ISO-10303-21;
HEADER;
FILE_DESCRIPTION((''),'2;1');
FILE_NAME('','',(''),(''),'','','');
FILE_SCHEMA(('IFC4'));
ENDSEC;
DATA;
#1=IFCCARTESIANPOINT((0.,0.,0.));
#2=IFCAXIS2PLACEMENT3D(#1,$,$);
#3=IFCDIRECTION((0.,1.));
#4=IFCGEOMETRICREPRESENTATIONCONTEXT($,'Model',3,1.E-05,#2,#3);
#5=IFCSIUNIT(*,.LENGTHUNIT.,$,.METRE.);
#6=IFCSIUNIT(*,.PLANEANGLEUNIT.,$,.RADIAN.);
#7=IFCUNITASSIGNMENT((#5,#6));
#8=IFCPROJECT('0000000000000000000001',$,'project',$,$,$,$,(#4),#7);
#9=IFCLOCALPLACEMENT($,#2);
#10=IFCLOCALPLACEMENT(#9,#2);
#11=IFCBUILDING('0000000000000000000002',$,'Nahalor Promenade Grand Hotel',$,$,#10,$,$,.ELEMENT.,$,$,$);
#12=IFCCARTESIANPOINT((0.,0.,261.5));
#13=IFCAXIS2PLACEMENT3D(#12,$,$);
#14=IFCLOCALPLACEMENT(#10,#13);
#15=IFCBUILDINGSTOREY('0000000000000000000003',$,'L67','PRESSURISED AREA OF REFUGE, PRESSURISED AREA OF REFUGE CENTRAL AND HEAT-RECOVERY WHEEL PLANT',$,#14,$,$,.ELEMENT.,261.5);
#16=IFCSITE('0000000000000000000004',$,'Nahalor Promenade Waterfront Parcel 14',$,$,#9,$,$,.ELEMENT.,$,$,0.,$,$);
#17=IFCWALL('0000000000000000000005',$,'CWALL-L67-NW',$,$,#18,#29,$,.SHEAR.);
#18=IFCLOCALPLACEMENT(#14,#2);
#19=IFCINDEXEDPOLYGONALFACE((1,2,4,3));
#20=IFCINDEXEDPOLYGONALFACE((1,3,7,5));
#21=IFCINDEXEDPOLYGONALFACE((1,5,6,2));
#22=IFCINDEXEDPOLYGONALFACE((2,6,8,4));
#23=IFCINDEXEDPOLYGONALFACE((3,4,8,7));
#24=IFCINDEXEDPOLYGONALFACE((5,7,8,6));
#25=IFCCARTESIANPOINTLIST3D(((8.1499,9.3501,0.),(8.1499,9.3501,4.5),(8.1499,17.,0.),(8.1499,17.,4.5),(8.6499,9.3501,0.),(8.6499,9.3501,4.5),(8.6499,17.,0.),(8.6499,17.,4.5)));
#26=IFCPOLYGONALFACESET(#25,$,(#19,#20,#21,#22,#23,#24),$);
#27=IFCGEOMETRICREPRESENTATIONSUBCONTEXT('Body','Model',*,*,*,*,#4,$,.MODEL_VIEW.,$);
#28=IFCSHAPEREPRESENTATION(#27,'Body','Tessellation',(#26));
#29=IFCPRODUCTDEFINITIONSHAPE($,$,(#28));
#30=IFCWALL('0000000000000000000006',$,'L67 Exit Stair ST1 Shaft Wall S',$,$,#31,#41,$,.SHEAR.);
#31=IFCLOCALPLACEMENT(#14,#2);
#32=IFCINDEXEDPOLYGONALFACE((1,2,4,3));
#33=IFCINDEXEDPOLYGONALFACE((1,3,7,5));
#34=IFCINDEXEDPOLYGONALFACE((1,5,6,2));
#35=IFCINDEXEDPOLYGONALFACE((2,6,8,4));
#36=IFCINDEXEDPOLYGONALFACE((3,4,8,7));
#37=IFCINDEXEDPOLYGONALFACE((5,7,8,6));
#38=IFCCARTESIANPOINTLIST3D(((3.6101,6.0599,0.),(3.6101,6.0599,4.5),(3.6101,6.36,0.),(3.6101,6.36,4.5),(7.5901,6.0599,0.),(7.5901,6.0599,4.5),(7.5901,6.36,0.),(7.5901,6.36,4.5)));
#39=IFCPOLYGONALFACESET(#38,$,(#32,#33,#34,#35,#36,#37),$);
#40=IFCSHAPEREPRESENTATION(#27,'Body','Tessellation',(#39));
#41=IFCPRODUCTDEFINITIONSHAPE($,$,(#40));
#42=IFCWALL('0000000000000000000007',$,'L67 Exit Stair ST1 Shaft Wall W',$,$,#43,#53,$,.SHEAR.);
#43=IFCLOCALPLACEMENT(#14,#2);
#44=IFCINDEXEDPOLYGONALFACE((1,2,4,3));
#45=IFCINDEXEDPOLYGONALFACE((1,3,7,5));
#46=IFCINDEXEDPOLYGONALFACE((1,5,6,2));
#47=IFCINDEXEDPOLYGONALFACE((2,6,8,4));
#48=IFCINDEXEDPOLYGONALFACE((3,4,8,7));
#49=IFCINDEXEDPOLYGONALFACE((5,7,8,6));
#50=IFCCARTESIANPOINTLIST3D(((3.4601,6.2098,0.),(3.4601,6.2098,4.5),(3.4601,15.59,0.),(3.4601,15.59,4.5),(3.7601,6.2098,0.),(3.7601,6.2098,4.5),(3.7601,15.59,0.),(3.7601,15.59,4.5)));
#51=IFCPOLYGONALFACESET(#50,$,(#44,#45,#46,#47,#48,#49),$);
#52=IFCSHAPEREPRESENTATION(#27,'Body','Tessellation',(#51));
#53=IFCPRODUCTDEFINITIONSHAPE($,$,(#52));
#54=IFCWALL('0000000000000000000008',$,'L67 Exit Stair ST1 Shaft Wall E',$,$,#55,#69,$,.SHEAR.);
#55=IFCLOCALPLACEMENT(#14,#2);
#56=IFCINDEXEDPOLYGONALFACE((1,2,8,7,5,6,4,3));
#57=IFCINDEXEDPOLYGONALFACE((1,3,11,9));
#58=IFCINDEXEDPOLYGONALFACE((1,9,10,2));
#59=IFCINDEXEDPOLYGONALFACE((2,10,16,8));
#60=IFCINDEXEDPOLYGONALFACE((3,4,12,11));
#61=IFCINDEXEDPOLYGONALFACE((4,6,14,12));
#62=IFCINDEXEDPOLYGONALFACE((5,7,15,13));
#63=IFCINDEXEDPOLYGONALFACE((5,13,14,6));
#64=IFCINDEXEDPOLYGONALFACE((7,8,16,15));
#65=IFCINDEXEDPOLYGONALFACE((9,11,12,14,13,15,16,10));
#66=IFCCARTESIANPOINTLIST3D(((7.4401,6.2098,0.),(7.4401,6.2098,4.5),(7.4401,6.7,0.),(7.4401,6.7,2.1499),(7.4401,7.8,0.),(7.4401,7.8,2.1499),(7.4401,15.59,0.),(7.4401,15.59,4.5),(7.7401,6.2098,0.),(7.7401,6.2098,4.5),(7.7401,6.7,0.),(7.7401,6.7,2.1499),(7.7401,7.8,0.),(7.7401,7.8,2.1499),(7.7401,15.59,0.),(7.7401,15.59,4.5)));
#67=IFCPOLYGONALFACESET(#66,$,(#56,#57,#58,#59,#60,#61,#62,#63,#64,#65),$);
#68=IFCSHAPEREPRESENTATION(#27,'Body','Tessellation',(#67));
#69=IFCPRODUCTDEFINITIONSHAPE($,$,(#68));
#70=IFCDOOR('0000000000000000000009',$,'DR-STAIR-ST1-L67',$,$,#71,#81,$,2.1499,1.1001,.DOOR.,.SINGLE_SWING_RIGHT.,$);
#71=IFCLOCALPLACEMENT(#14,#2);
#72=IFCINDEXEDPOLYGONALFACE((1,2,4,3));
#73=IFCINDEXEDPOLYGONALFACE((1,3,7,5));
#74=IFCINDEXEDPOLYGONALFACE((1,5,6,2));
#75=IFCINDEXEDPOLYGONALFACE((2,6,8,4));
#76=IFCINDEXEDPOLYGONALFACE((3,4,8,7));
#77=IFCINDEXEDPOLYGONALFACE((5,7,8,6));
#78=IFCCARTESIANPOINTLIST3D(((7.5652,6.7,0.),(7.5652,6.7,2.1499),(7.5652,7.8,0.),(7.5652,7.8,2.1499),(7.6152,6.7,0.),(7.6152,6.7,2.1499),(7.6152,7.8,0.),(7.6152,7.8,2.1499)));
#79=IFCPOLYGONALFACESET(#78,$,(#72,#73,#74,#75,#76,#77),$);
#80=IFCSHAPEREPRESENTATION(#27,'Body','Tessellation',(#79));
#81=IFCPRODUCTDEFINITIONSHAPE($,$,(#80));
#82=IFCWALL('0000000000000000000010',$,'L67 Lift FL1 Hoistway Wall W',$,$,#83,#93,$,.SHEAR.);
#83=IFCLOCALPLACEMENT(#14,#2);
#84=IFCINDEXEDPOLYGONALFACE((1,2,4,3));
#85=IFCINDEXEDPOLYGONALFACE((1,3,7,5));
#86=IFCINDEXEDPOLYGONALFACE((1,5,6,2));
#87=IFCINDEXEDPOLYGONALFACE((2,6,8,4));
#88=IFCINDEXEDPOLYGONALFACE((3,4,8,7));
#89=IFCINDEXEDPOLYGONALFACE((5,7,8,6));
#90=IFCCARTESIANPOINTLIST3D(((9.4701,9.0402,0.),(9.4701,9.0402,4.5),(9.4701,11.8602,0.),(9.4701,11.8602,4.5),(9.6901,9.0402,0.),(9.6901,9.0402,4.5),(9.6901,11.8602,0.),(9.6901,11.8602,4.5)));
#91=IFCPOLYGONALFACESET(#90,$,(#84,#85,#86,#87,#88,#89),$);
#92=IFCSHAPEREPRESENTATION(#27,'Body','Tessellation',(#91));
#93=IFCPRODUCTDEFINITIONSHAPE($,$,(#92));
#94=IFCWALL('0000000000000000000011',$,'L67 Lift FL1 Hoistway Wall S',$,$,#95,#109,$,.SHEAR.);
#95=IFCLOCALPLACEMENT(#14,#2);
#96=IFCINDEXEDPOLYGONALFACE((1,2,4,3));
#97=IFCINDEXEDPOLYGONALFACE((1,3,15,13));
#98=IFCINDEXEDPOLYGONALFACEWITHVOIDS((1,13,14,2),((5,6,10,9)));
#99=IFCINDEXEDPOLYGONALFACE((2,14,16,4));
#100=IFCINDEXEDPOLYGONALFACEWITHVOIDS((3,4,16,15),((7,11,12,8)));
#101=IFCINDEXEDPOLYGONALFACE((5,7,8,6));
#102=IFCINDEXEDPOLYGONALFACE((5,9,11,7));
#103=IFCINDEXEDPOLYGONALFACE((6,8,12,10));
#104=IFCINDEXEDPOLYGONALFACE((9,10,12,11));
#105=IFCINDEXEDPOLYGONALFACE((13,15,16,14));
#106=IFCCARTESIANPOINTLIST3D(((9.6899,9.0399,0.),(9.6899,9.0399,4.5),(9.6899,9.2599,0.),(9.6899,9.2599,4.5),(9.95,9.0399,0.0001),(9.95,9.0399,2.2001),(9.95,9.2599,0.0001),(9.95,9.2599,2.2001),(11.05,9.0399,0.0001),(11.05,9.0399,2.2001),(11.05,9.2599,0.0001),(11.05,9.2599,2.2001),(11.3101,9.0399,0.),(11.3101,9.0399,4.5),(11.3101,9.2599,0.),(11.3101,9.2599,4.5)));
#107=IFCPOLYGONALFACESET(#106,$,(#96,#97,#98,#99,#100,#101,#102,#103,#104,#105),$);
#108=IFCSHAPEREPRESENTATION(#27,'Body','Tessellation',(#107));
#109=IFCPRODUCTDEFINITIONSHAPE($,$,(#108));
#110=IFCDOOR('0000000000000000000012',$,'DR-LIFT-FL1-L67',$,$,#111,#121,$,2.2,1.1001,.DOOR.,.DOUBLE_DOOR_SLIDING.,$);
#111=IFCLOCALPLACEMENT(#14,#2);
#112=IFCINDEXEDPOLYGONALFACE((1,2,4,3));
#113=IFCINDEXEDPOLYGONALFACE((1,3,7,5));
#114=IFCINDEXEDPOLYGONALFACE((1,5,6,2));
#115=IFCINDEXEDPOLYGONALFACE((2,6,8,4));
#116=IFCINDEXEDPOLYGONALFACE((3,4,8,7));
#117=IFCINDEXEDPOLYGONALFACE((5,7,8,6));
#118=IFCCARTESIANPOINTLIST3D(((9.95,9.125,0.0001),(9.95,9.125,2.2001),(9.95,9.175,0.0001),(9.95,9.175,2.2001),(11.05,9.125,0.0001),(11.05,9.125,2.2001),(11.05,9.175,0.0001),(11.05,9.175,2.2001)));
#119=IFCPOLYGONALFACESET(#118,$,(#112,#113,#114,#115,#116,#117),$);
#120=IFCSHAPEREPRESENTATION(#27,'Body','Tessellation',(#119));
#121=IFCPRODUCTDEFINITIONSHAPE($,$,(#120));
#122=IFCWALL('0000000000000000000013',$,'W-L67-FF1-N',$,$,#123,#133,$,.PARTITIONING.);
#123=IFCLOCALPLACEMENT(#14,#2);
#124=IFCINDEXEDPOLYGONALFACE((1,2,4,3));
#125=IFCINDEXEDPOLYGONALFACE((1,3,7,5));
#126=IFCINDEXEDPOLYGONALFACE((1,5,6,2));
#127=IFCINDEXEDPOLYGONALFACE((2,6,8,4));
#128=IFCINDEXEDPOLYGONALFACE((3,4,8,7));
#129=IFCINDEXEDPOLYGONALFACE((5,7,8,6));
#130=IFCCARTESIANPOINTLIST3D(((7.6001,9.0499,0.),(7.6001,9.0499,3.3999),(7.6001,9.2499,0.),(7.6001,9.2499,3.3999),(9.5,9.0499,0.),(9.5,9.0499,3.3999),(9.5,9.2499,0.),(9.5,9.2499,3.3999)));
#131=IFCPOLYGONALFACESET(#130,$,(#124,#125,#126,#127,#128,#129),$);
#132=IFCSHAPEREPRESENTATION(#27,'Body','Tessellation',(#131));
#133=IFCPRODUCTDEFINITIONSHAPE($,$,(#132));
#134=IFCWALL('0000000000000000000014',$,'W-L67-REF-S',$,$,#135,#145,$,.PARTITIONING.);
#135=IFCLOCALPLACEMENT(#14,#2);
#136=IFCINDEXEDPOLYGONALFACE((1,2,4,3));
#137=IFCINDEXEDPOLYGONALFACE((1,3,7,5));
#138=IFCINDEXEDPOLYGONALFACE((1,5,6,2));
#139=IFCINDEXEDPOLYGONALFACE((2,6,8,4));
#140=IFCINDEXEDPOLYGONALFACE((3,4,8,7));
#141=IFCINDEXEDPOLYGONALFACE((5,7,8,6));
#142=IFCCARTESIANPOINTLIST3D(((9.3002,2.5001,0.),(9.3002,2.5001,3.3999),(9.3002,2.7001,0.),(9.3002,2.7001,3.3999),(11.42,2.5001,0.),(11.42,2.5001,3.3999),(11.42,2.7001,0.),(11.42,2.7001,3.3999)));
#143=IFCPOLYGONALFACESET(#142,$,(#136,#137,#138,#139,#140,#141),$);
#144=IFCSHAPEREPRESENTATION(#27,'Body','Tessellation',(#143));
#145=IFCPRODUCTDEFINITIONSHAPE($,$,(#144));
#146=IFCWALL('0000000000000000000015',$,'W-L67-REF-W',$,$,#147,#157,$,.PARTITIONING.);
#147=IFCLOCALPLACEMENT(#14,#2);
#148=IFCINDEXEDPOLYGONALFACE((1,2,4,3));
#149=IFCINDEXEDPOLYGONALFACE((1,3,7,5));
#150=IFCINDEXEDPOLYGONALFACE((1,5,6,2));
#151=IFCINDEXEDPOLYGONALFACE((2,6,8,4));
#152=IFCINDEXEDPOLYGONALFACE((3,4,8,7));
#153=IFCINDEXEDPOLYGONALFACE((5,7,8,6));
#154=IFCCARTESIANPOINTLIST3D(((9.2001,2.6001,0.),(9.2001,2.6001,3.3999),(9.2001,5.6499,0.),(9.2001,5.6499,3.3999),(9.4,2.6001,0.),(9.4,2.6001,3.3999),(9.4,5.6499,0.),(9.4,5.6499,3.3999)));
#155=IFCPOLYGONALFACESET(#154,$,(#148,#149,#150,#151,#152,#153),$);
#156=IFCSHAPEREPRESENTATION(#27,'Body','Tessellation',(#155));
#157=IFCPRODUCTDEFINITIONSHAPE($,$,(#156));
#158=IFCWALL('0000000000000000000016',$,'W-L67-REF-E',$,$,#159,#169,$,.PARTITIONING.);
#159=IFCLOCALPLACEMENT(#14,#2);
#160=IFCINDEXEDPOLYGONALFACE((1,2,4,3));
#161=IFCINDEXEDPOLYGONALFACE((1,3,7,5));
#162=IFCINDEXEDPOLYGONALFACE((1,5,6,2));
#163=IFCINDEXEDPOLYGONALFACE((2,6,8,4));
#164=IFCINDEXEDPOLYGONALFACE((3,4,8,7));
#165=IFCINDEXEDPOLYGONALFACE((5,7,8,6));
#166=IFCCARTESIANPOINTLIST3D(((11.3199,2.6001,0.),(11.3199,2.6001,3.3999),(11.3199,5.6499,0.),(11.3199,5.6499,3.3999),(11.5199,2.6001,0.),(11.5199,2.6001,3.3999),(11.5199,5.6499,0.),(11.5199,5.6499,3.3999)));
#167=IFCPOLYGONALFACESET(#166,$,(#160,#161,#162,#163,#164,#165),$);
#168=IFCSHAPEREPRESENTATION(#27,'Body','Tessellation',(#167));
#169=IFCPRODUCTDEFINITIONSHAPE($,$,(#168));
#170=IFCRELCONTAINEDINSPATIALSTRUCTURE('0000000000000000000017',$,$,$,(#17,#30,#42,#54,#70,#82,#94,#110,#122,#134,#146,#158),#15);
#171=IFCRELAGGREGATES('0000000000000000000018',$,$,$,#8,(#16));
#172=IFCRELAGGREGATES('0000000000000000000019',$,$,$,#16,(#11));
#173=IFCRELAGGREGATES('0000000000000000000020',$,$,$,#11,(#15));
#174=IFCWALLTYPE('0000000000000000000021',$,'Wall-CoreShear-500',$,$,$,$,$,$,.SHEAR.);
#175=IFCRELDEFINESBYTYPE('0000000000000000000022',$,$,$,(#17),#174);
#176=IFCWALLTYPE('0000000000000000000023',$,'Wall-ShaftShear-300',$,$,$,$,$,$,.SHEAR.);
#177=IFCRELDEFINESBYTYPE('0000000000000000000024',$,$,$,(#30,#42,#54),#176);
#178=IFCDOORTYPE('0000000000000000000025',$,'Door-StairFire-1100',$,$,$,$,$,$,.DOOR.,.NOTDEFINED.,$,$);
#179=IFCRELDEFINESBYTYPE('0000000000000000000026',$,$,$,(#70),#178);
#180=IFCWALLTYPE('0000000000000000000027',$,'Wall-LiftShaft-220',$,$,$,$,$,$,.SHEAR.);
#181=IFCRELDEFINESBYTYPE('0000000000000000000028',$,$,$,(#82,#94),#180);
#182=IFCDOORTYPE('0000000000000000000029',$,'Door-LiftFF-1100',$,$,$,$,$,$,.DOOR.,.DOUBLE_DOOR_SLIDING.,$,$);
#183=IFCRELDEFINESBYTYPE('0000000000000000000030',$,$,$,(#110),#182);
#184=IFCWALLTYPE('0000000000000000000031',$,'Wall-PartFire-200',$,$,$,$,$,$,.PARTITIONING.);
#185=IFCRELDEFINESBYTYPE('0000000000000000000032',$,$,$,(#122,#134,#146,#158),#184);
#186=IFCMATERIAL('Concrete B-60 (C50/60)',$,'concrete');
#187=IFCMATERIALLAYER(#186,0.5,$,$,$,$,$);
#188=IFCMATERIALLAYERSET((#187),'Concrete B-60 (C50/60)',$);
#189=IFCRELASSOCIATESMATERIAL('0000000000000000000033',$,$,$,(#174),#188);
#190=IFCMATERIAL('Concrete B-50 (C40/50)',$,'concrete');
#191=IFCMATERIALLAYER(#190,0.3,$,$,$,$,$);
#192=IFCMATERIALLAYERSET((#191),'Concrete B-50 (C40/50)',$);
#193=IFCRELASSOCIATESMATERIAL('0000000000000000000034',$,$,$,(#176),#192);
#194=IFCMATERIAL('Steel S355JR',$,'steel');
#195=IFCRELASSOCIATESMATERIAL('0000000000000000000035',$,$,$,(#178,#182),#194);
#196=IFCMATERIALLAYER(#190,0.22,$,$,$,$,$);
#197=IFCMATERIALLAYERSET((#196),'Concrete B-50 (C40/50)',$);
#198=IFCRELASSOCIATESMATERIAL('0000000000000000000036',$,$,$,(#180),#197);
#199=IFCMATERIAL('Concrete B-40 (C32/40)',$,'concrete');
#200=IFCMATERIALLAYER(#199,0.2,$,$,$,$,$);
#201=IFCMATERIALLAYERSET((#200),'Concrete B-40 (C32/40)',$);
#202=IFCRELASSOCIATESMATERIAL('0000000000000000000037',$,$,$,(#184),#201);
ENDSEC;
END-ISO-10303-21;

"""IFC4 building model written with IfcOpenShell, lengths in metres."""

from ifc_helpers import new_model, si_unit, direction, frame, frame_2d, origin, place, context, subcontext, project, spatial, rectangle, extrude, source, transform, mapped, material, layer, layer_set, type_object, element, fill, save


model = new_model("IFC4")

# Units and contexts
model_context = context("Model", 3, precision=1e-05, world=origin(), true_north=direction((0.0, 1.0)))
body_context = subcontext(model_context, "Body", "Model", "MODEL_VIEW")
ifc_project = project(units=[si_unit("LENGTHUNIT", "METRE"), si_unit("PLANEANGLEUNIT", "RADIAN")], contexts=[model_context])

# Site, building, storey
site_placement = place(None, origin())
site = spatial("IfcSite", under=ifc_project, at=site_placement, Name="Nahalor Promenade Waterfront Parcel 14", CompositionType="ELEMENT", RefElevation=0.0)
building_placement = place(site_placement, origin())
building = spatial("IfcBuilding", under=site, at=building_placement, Name="Nahalor Promenade Grand Hotel", CompositionType="ELEMENT")
storey_placement = place(building_placement, frame((0.0, 0.0, 261.5)))
storey = spatial("IfcBuildingStorey", under=building, at=storey_placement, Name="L67", Description="PRESSURISED AREA OF REFUGE, PRESSURISED AREA OF REFUGE CENTRAL AND HEAT-RECOVERY WHEEL PLANT", CompositionType="ELEMENT", Elevation=261.5)

# Shared definitions
ifc_material_1 = material(Name="Steel S355JR", Category="steel")

# Walls
ifc_material_2 = material(Name="Concrete B-60 (C50/60)", Category="concrete")
ifc_layer_1 = layer(ifc_material_2, 0.5)
ifc_layer_set_1 = layer_set([ifc_layer_1], Name="Concrete B-60 (C50/60)")
wall_type_1 = type_object("IfcWallType", Name="Wall-CoreShear-500", PredefinedType="SHEAR", material=ifc_layer_set_1)
shared_shape_1 = source(origin(), body_context, "Body", "SweptSolid", [
    extrude(rectangle(XDim=7.6499, YDim=0.5, at=frame_2d((3.825, 0.0))), origin(), (0.0, 0.0, 1.0), 4.5),
])
wall_1_placement = place(storey_placement, frame((8.3999, 9.3501, 0.0), z_axis=(0.0, 0.0, 1.0), x_axis=(0.0, 1.0, 0.0)))
element("IfcWall", 1, at=wall_1_placement, inside=storey, type_object=wall_type_1, Name="CWALL-L67-NW", PredefinedType="SHEAR", context=body_context, shape_type="MappedRepresentation", body=[
    mapped(shared_shape_1, transform((0.0, 0.0, 0.0), scale=1.0)),
])
ifc_material_3 = material(Name="Concrete B-50 (C40/50)", Category="concrete")
ifc_layer_2 = layer(ifc_material_3, 0.3)
ifc_layer_set_2 = layer_set([ifc_layer_2], Name="Concrete B-50 (C40/50)")
wall_type_2 = type_object("IfcWallType", Name="Wall-ShaftShear-300", PredefinedType="SHEAR", material=ifc_layer_set_2)
shared_shape_2 = source(origin(), body_context, "Body", "SweptSolid", [
    extrude(rectangle(XDim=3.98, YDim=0.3, at=frame_2d((1.99, 0.0))), origin(), (0.0, 0.0, 1.0), 4.5),
])
wall_2_placement = place(storey_placement, frame((3.6101, 6.21, 0.0), z_axis=(0.0, 0.0, 1.0), x_axis=(1.0, 0.0, 0.0)))
element("IfcWall", 2, at=wall_2_placement, inside=storey, type_object=wall_type_2, Name="L67 Exit Stair ST1 Shaft Wall S", PredefinedType="SHEAR", context=body_context, shape_type="MappedRepresentation", body=[
    mapped(shared_shape_2, transform((0.0, 0.0, 0.0), scale=1.0)),
])
shared_shape_3 = source(origin(), body_context, "Body", "SweptSolid", [
    extrude(rectangle(XDim=9.3801, YDim=0.3, at=frame_2d((4.6899, 0.0))), origin(), (0.0, 0.0, 1.0), 4.5),
])
wall_3_placement = place(storey_placement, frame((3.6101, 6.21, 0.0), z_axis=(0.0, 0.0, 1.0), x_axis=(0.0, 1.0, 0.0)))
element("IfcWall", 3, at=wall_3_placement, inside=storey, type_object=wall_type_2, Name="L67 Exit Stair ST1 Shaft Wall W", PredefinedType="SHEAR", context=body_context, shape_type="MappedRepresentation", body=[
    mapped(shared_shape_3, transform((0.0, 0.0, 0.0), scale=1.0)),
])

# Wall, opening, door
wall_4_placement = place(storey_placement, frame((7.5901, 6.21, 0.0), z_axis=(0.0, 0.0, 1.0), x_axis=(0.0, 1.0, 0.0)))
wall_4 = element("IfcWall", 4, at=wall_4_placement, inside=storey, type_object=wall_type_2, Name="L67 Exit Stair ST1 Shaft Wall E", PredefinedType="SHEAR", context=body_context, shape_type="MappedRepresentation", body=[
    mapped(shared_shape_3, transform((0.0, 0.0, 0.0), scale=1.0)),
])
opening_1_placement = place(wall_4_placement, frame((0.49, 0.0, 0.0)))
opening_1 = element("IfcOpeningElement", 5, at=opening_1_placement, cuts=wall_4, PredefinedType="OPENING", context=body_context, shape_type="SweptSolid", body=[
    extrude(rectangle(XDim=1.1001, YDim=2.1499, at=frame_2d((0.55, 1.075))), frame((0.0, 0.1599, 0.0), z_axis=(0.0, -1.0, 0.0), x_axis=(1.0, 0.0, 0.0)), (0.0, 0.0, 1.0), 0.3201),
])
door_type_1 = type_object("IfcDoorType", Name="Door-StairFire-1100", OperationType="NOTDEFINED", PredefinedType="DOOR", material=ifc_material_1)
shared_shape_4 = source(origin(), body_context, "Body", "SweptSolid", [
    extrude(rectangle(XDim=1.1001, YDim=2.1499, at=frame_2d((0.55, 1.075))), frame((0.0, 0.0249, 0.0), z_axis=(0.0, -1.0, 0.0), x_axis=(1.0, 0.0, 0.0)), (0.0, 0.0, 1.0), 0.05),
])
door_1_placement = place(opening_1_placement, origin())
door_1 = element("IfcDoor", 6, at=door_1_placement, inside=storey, type_object=door_type_1, Name="DR-STAIR-ST1-L67", OperationType="SINGLE_SWING_RIGHT", OverallHeight=2.1499, OverallWidth=1.1001, PredefinedType="DOOR", context=body_context, shape_type="MappedRepresentation", body=[
    mapped(shared_shape_4, transform((0.0, 0.0, 0.0), scale=1.0)),
])
fill(opening_1, door_1)

# Wall
ifc_layer_3 = layer(ifc_material_3, 0.22)
ifc_layer_set_3 = layer_set([ifc_layer_3], Name="Concrete B-50 (C40/50)")
wall_type_3 = type_object("IfcWallType", Name="Wall-LiftShaft-220", PredefinedType="SHEAR", material=ifc_layer_set_3)
shared_shape_5 = source(origin(), body_context, "Body", "SweptSolid", [
    extrude(rectangle(XDim=2.8201, YDim=0.22, at=frame_2d((1.4102, 0.0))), origin(), (0.0, 0.0, 1.0), 4.5),
])
wall_5_placement = place(storey_placement, frame((9.5801, 9.04, 0.0), z_axis=(0.0, 0.0, 1.0), x_axis=(0.0, 1.0, 0.0)))
element("IfcWall", 7, at=wall_5_placement, inside=storey, type_object=wall_type_3, Name="L67 Lift FL1 Hoistway Wall W", PredefinedType="SHEAR", context=body_context, shape_type="MappedRepresentation", body=[
    mapped(shared_shape_5, transform((0.0, 0.0, 0.0), scale=1.0)),
])

# Wall, opening, door
shared_shape_6 = source(origin(), body_context, "Body", "SweptSolid", [
    extrude(rectangle(XDim=1.6201, YDim=0.22, at=frame_2d((0.8101, 0.0))), origin(), (0.0, 0.0, 1.0), 4.5),
])
wall_6_placement = place(storey_placement, frame((9.6899, 9.1499, 0.0), z_axis=(0.0, 0.0, 1.0), x_axis=(1.0, 0.0, 0.0)))
wall_6 = element("IfcWall", 8, at=wall_6_placement, inside=storey, type_object=wall_type_3, Name="L67 Lift FL1 Hoistway Wall S", PredefinedType="SHEAR", context=body_context, shape_type="MappedRepresentation", body=[
    mapped(shared_shape_6, transform((0.0, 0.0, 0.0), scale=1.0)),
])
opening_2_placement = place(wall_6_placement, frame((0.26, 0.0, 0.0)))
opening_2 = element("IfcOpeningElement", 9, at=opening_2_placement, cuts=wall_6, PredefinedType="OPENING", context=body_context, shape_type="SweptSolid", body=[
    extrude(rectangle(XDim=1.1001, YDim=2.2, at=frame_2d((0.55, 1.1001))), frame((0.0, 0.1199, 0.0), z_axis=(0.0, -1.0, 0.0), x_axis=(1.0, 0.0, 0.0)), (0.0, 0.0, 1.0), 0.24),
])
door_type_2 = type_object("IfcDoorType", Name="Door-LiftFF-1100", OperationType="DOUBLE_DOOR_SLIDING", PredefinedType="DOOR", material=ifc_material_1)
shared_shape_7 = source(origin(), body_context, "Body", "SweptSolid", [
    extrude(rectangle(XDim=1.1001, YDim=2.2, at=frame_2d((0.55, 1.1001))), frame((0.0, 0.0249, 0.0), z_axis=(0.0, -1.0, 0.0), x_axis=(1.0, 0.0, 0.0)), (0.0, 0.0, 1.0), 0.05),
])
door_2_placement = place(opening_2_placement, frame((1.1001, 0.0, 0.0), z_axis=(0.0, 0.0, 1.0), x_axis=(-1.0, 0.0, 0.0)))
door_2 = element("IfcDoor", 10, at=door_2_placement, inside=storey, type_object=door_type_2, Name="DR-LIFT-FL1-L67", OperationType="DOUBLE_DOOR_SLIDING", OverallHeight=2.2, OverallWidth=1.1001, PredefinedType="DOOR", context=body_context, shape_type="MappedRepresentation", body=[
    mapped(shared_shape_7, transform((0.0, 0.0, 0.0), scale=1.0)),
])
fill(opening_2, door_2)
ifc_material_4 = material(Name="Concrete B-40 (C32/40)", Category="concrete")
ifc_layer_4 = layer(ifc_material_4, 0.2)
ifc_layer_set_4 = layer_set([ifc_layer_4], Name="Concrete B-40 (C32/40)")
wall_type_4 = type_object("IfcWallType", Name="Wall-PartFire-200", PredefinedType="PARTITIONING", material=ifc_layer_set_4)

# Walls
shared_shape_8 = source(origin(), body_context, "Body", "SweptSolid", [
    extrude(rectangle(XDim=1.8999, YDim=0.2, at=frame_2d((0.95, 0.0))), origin(), (0.0, 0.0, 1.0), 3.3999),
])
wall_7_placement = place(storey_placement, frame((7.6001, 9.1499, 0.0), z_axis=(0.0, 0.0, 1.0), x_axis=(1.0, 0.0, 0.0)))
element("IfcWall", 11, at=wall_7_placement, inside=storey, type_object=wall_type_4, Name="W-L67-FF1-N", PredefinedType="PARTITIONING", context=body_context, shape_type="MappedRepresentation", body=[
    mapped(shared_shape_8, transform((0.0, 0.0, 0.0), scale=1.0)),
])
shared_shape_9 = source(origin(), body_context, "Body", "SweptSolid", [
    extrude(rectangle(XDim=2.1199, YDim=0.2, at=frame_2d((1.0601, 0.0))), origin(), (0.0, 0.0, 1.0), 3.3999),
])
wall_8_placement = place(storey_placement, frame((9.3, 2.6001, 0.0), z_axis=(0.0, 0.0, 1.0), x_axis=(1.0, 0.0, 0.0)))
element("IfcWall", 12, at=wall_8_placement, inside=storey, type_object=wall_type_4, Name="W-L67-REF-S", PredefinedType="PARTITIONING", context=body_context, shape_type="MappedRepresentation", body=[
    mapped(shared_shape_9, transform((0.0, 0.0, 0.0), scale=1.0)),
])
shared_shape_10 = source(origin(), body_context, "Body", "SweptSolid", [
    extrude(rectangle(XDim=3.0498, YDim=0.2, at=frame_2d((1.5249, 0.0))), origin(), (0.0, 0.0, 1.0), 3.3999),
])
for number, where, z_axis, x_axis, name in (
    (13, (9.3, 2.6001, 0.0), (0.0, 0.0, 1.0), (0.0, 1.0, 0.0), "W-L67-REF-W"),
    (14, (11.4199, 2.6001, 0.0), (0.0, 0.0, 1.0), (0.0, 1.0, 0.0), "W-L67-REF-E"),
):
    element("IfcWall", number, at=place(storey_placement, frame(where, z_axis=z_axis, x_axis=x_axis)), inside=storey, type_object=wall_type_4, Name=name, PredefinedType="PARTITIONING", context=body_context, shape_type="MappedRepresentation", body=[
        mapped(shared_shape_10, transform((0.0, 0.0, 0.0), scale=1.0)),
    ])

save(model, "model.ifc")
